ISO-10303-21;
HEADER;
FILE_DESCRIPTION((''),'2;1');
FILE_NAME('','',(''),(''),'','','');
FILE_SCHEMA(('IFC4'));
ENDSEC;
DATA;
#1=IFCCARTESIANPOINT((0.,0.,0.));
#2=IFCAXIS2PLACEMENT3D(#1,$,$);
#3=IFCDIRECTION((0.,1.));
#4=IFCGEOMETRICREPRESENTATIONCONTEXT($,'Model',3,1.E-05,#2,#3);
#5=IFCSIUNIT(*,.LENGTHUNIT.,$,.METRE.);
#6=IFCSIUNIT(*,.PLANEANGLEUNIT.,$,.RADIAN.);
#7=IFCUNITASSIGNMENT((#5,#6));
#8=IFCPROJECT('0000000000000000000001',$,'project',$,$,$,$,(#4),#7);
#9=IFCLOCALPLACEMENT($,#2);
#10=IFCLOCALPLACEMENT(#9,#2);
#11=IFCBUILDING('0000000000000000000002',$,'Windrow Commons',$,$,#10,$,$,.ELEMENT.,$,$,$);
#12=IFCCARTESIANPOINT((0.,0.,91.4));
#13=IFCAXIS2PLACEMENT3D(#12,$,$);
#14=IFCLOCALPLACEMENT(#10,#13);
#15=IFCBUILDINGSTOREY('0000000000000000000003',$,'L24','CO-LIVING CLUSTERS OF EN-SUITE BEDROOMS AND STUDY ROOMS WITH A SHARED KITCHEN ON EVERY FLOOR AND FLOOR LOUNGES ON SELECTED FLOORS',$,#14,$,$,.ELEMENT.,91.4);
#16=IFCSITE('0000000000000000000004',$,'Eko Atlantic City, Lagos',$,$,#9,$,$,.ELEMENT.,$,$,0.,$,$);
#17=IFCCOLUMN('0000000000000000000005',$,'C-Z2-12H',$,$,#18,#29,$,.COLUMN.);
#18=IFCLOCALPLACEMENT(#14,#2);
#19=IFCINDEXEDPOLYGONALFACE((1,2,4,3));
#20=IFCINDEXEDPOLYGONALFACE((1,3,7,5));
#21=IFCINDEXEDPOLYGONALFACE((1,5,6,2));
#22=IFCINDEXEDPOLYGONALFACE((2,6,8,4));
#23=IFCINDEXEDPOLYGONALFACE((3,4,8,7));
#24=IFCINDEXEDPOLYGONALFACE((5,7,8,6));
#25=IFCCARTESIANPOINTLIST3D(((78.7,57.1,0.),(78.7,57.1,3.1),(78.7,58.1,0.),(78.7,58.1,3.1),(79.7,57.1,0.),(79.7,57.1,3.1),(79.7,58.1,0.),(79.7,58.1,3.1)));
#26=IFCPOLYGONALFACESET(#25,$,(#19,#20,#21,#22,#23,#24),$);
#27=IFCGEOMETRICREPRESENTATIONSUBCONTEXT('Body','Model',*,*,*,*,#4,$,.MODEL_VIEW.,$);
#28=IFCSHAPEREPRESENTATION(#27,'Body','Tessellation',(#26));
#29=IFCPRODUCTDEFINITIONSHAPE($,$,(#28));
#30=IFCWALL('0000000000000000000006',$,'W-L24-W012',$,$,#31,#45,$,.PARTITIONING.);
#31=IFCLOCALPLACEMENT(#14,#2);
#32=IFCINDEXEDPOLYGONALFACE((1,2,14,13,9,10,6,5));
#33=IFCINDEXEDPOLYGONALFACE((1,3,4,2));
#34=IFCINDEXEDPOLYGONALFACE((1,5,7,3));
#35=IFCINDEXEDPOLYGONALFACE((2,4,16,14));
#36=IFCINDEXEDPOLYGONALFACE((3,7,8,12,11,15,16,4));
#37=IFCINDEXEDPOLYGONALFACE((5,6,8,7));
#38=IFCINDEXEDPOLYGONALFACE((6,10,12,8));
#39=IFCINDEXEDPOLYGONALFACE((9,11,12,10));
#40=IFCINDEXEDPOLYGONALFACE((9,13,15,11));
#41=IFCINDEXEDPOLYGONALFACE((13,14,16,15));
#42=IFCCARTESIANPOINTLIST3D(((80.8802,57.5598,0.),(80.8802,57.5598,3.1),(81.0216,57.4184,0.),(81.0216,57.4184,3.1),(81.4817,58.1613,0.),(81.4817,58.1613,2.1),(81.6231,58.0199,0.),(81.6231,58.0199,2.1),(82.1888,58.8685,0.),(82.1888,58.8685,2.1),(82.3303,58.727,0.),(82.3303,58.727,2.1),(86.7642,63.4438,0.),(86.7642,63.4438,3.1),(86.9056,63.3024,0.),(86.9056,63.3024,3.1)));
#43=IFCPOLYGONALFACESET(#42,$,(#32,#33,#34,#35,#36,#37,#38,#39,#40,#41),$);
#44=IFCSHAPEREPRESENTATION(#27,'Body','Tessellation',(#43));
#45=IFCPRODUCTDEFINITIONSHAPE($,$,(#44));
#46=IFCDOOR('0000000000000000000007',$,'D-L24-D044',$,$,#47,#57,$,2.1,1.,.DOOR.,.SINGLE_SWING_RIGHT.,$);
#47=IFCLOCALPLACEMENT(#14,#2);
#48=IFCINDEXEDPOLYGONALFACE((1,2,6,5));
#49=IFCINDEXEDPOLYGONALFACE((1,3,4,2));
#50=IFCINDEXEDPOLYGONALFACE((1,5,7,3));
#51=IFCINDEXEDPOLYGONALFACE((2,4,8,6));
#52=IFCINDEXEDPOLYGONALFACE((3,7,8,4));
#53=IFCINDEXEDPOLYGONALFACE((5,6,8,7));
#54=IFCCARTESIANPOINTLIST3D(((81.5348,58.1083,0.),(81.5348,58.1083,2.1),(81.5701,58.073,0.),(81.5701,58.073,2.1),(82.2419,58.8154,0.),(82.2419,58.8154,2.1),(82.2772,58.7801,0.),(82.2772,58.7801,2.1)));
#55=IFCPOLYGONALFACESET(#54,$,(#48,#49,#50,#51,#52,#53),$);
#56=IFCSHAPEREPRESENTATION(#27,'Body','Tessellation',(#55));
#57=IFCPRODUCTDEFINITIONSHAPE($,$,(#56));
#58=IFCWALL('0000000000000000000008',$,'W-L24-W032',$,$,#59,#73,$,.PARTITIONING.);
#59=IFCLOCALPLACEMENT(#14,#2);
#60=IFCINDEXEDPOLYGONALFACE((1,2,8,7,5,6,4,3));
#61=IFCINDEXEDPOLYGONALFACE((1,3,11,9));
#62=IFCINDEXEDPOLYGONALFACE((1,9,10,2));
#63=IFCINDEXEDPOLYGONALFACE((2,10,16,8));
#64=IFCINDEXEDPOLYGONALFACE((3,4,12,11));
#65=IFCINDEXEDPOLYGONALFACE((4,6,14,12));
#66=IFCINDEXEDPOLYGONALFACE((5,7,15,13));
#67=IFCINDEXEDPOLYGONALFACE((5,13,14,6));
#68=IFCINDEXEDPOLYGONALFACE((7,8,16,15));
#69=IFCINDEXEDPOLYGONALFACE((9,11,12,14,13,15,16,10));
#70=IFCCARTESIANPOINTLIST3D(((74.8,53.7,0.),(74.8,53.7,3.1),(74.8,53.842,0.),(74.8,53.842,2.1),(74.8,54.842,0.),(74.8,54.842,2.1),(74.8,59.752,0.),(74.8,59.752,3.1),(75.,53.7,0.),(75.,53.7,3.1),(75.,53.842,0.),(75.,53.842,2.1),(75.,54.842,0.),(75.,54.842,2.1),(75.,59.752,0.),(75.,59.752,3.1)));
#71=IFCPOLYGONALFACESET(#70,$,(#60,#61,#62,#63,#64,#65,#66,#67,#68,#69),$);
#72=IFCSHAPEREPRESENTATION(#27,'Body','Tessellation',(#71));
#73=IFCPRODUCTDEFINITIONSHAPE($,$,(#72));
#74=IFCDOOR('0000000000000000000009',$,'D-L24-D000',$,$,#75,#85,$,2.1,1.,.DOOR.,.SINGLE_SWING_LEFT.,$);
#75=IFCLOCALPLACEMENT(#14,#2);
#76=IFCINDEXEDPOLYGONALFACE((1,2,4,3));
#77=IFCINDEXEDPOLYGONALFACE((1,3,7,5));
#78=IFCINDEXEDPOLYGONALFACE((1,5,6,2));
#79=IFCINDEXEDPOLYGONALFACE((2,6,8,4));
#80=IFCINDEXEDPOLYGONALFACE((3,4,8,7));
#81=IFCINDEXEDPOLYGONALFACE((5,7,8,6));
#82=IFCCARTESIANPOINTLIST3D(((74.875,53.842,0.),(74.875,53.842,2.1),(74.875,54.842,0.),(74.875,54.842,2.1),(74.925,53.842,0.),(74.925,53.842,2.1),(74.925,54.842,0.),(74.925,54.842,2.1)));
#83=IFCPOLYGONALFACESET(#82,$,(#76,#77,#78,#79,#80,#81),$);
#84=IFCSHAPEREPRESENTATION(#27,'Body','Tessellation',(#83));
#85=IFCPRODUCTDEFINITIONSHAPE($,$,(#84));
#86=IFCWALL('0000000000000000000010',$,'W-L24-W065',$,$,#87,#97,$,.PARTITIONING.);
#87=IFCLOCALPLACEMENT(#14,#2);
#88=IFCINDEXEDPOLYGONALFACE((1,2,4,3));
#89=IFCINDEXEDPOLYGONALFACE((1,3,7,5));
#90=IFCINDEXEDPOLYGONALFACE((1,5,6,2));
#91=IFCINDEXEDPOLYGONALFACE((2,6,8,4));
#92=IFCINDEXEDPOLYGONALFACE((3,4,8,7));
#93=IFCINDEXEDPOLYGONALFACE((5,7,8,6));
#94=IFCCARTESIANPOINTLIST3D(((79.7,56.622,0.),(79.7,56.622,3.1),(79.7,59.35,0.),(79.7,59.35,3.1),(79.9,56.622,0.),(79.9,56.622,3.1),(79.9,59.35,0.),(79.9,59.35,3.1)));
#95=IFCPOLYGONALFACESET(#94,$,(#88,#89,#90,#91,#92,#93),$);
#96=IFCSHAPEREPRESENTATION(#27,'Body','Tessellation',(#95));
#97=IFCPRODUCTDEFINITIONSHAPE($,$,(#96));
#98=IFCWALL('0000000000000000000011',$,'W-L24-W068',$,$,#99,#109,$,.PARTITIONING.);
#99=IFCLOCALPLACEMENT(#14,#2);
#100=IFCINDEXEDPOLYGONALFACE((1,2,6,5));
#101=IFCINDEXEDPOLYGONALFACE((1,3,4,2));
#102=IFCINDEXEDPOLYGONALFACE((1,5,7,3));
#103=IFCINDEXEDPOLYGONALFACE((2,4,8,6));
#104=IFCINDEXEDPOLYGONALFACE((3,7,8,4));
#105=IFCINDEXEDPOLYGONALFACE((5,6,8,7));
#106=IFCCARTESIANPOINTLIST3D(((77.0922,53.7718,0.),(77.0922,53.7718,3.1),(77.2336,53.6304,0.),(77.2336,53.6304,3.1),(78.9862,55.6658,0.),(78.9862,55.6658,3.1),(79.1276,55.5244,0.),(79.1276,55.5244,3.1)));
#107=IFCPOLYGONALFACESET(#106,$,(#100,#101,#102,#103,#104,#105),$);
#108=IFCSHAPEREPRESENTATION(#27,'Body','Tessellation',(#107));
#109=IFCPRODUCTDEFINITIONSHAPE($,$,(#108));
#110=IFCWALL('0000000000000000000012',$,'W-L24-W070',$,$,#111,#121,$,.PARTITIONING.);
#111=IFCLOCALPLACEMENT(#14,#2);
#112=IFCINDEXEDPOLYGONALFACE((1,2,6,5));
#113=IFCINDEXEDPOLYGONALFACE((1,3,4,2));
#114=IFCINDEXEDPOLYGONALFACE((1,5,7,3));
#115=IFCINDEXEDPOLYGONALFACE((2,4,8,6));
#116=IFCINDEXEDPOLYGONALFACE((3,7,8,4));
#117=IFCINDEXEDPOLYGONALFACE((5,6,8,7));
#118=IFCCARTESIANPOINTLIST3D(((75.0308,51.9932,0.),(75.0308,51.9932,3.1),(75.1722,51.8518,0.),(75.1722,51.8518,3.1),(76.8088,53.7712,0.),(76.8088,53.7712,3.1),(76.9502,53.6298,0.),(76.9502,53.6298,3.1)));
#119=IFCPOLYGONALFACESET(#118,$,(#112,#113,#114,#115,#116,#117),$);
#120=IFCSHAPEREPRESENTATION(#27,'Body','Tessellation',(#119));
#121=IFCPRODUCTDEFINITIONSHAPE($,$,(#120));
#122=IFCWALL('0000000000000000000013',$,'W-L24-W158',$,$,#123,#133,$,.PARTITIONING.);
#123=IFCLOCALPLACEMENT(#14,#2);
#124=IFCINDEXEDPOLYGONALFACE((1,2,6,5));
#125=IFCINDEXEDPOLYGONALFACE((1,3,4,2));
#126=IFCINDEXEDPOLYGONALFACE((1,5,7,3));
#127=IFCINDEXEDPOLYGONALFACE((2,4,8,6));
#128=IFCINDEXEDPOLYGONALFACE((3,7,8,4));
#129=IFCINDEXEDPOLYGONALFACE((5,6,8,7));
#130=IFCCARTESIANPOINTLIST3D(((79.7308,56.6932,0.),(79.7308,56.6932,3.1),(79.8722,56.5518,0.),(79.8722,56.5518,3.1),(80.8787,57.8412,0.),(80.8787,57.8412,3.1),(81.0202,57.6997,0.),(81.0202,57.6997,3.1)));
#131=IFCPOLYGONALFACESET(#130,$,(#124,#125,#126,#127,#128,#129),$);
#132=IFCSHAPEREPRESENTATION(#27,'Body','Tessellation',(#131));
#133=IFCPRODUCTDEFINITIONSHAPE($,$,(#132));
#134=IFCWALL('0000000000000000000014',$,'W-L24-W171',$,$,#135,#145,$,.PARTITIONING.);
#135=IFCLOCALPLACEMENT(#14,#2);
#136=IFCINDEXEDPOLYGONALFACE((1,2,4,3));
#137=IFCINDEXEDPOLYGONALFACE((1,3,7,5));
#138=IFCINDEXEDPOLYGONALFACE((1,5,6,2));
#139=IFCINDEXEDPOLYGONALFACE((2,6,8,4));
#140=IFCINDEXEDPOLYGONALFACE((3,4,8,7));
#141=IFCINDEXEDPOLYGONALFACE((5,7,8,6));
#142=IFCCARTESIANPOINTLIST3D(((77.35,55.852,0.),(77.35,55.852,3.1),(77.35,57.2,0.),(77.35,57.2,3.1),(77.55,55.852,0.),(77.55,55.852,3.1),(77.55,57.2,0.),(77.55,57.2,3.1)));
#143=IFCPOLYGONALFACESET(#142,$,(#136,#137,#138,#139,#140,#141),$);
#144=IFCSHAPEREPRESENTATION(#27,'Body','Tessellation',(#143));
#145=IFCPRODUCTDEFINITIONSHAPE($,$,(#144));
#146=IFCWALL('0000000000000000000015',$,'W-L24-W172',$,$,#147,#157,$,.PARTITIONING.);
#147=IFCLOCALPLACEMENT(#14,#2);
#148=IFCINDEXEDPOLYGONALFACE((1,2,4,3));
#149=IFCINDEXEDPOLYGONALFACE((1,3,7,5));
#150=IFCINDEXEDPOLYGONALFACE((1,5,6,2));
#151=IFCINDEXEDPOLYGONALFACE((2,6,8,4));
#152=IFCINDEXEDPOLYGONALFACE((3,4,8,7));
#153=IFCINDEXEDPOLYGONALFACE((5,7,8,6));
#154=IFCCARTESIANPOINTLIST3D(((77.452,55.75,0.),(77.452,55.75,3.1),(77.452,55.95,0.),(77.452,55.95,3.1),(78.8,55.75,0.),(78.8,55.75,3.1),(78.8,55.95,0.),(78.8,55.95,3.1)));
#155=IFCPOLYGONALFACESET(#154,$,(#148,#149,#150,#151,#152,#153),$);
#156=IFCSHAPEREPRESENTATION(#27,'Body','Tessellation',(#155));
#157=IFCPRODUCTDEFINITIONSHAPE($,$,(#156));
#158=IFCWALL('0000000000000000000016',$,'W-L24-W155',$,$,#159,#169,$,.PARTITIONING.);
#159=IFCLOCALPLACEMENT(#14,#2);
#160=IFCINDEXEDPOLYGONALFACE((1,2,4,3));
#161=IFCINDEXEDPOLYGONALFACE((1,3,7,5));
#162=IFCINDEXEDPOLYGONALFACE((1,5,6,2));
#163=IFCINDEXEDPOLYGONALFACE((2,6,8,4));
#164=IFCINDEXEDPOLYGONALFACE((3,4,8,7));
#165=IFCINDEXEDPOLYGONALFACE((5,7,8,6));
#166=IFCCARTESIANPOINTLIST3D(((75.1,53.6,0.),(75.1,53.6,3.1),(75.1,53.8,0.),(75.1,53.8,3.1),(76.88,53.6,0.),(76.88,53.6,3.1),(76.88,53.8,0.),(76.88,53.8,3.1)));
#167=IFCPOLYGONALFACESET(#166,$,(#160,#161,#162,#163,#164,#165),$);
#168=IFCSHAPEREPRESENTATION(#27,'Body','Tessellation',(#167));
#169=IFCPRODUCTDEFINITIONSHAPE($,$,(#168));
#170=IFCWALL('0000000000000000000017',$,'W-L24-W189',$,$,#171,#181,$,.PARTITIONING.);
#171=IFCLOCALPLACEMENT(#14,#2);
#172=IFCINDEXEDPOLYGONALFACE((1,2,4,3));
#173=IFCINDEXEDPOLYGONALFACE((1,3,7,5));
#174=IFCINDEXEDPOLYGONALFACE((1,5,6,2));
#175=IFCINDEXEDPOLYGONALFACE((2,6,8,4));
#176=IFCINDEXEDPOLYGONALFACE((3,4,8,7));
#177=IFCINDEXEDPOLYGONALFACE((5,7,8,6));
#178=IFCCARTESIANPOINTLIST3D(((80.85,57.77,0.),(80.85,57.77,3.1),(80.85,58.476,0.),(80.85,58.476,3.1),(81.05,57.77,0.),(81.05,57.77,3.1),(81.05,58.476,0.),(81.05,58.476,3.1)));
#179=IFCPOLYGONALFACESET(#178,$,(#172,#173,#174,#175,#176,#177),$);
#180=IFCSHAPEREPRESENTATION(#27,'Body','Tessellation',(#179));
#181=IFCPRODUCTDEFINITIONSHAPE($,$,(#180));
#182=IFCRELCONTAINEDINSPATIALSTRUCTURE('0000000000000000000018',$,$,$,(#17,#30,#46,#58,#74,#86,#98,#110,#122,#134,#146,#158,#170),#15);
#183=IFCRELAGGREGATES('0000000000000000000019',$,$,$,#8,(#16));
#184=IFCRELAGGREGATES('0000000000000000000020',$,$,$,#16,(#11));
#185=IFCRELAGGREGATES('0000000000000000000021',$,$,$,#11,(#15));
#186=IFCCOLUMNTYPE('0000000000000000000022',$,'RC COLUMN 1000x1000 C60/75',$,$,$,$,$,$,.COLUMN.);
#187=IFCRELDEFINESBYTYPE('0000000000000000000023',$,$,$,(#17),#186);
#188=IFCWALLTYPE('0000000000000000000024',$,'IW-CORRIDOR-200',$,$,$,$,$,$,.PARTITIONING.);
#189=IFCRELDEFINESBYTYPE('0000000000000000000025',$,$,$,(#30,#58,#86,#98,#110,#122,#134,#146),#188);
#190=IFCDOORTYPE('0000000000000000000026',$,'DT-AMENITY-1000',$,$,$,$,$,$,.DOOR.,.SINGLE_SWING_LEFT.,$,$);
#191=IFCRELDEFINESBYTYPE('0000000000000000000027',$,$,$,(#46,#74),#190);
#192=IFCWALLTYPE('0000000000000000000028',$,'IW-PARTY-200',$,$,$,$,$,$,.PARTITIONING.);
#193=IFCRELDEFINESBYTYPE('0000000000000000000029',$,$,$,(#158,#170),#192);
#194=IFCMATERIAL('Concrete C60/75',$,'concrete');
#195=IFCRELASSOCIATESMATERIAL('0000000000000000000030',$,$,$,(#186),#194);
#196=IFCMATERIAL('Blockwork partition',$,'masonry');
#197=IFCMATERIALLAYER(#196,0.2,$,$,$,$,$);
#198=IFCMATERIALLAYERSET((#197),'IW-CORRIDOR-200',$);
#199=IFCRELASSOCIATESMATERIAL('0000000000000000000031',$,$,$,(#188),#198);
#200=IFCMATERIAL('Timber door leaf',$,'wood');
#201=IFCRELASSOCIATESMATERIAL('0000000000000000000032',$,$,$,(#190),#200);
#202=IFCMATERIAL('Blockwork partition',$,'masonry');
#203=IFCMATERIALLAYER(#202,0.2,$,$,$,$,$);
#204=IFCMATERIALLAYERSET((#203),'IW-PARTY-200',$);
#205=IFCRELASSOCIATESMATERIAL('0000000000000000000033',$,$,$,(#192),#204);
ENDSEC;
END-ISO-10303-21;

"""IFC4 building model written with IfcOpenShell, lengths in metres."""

from ifc_helpers import new_model, si_unit, direction, frame, frame_2d, origin, origin_2d, place, context, subcontext, project, spatial, rectangle, extrude, material, layer, layer_set, material_profile, profile_set, type_object, element, fill, save


model = new_model("IFC4")

# Units and contexts
model_context = context("Model", 3, precision=1e-05, world=origin(), true_north=direction((0.0, 1.0)))
body_context = subcontext(model_context, "Body", "Model", "MODEL_VIEW")
ifc_project = project(units=[si_unit("LENGTHUNIT", "METRE"), si_unit("PLANEANGLEUNIT", "RADIAN")], contexts=[model_context])

# Site, building, storey
site_placement = place(None, origin())
site = spatial("IfcSite", under=ifc_project, at=site_placement, Name="Eko Atlantic City, Lagos", CompositionType="ELEMENT", RefElevation=0.0)
building_placement = place(site_placement, origin())
building = spatial("IfcBuilding", under=site, at=building_placement, Name="Windrow Commons", CompositionType="ELEMENT")
storey_placement = place(building_placement, frame((0.0, 0.0, 91.4)))
storey = spatial("IfcBuildingStorey", under=building, at=storey_placement, Name="L24", Description="CO-LIVING CLUSTERS OF EN-SUITE BEDROOMS AND STUDY ROOMS WITH A SHARED KITCHEN ON EVERY FLOOR AND FLOOR LOUNGES ON SELECTED FLOORS", CompositionType="ELEMENT", Elevation=91.4)

# Column
ifc_material_1 = material(Name="Concrete C60/75", Category="concrete")
ifc_material_profile = material_profile(ifc_material_1, rectangle(XDim=1.0, YDim=1.0, at=origin_2d()))
ifc_profile_set = profile_set([ifc_material_profile], Name="Concrete C60/75")
column_type = type_object("IfcColumnType", Name="RC COLUMN 1000x1000 C60/75", PredefinedType="COLUMN", material=ifc_profile_set)
column_placement = place(storey_placement, frame((79.2, 57.6, 0.0), z_axis=(0.0, 0.0, 1.0), x_axis=(1.0, 0.0, 0.0)))
element("IfcColumn", 1, at=column_placement, inside=storey, type_object=column_type, Name="C-Z2-12H", PredefinedType="COLUMN", context=body_context, shape_type="SweptSolid", body=[
    extrude(rectangle(XDim=1.0, YDim=1.0, at=origin_2d()), origin(), (0.0, 0.0, 1.0), 3.1),
])

# Walls, openings, doors
ifc_material_2 = material(Name="Blockwork partition", Category="masonry")
ifc_layer_1 = layer(ifc_material_2, 0.2)
ifc_layer_set_1 = layer_set([ifc_layer_1], Name="IW-CORRIDOR-200")
wall_type_1 = type_object("IfcWallType", Name="IW-CORRIDOR-200", PredefinedType="PARTITIONING", material=ifc_layer_set_1)
wall_1_placement = place(storey_placement, frame((80.9509, 57.4891, 0.0), z_axis=(0.0, 0.0, 1.0), x_axis=(0.707107, 0.707107, 0.0)))
wall_1 = element("IfcWall", 2, at=wall_1_placement, inside=storey, type_object=wall_type_1, Name="W-L24-W012", PredefinedType="PARTITIONING", context=body_context, shape_type="SweptSolid", body=[
    extrude(rectangle(XDim=8.3212, YDim=0.2, at=frame_2d((4.1606, 0.0))), origin(), (0.0, 0.0, 1.0), 3.1),
])
opening_1_placement = place(wall_1_placement, frame((0.8507, 0.0, 0.0)))
opening_1 = element("IfcOpeningElement", 3, at=opening_1_placement, cuts=wall_1, PredefinedType="OPENING", context=body_context, shape_type="SweptSolid", body=[
    extrude(rectangle(XDim=1.0, YDim=2.1, at=frame_2d((0.5, 1.05))), frame((0.0, 0.11, 0.0), z_axis=(0.0, -1.0, 0.0), x_axis=(1.0, 0.0, 0.0)), (0.0, 0.0, 1.0), 0.22),
])
ifc_material_3 = material(Name="Timber door leaf", Category="wood")
door_type_1 = type_object("IfcDoorType", Name="DT-AMENITY-1000", OperationType="SINGLE_SWING_LEFT", PredefinedType="DOOR", material=ifc_material_3)
door_1_placement = place(opening_1_placement, origin())
door_1 = element("IfcDoor", 4, at=door_1_placement, inside=storey, type_object=door_type_1, Name="D-L24-D044", OperationType="SINGLE_SWING_RIGHT", OverallHeight=2.1, OverallWidth=1.0, PredefinedType="DOOR", context=body_context, shape_type="SweptSolid", body=[
    extrude(rectangle(XDim=1.0, YDim=2.1, at=frame_2d((0.5, 1.05))), frame((0.0, 0.025, 0.0), z_axis=(0.0, -1.0, 0.0), x_axis=(1.0, 0.0, 0.0)), (0.0, 0.0, 1.0), 0.05),
])
fill(opening_1, door_1)
wall_2_placement = place(storey_placement, frame((74.9, 53.7, 0.0), z_axis=(0.0, 0.0, 1.0), x_axis=(0.0, 1.0, 0.0)))
wall_2 = element("IfcWall", 5, at=wall_2_placement, inside=storey, type_object=wall_type_1, Name="W-L24-W032", PredefinedType="PARTITIONING", context=body_context, shape_type="SweptSolid", body=[
    extrude(rectangle(XDim=6.052, YDim=0.2, at=frame_2d((3.026, 0.0))), origin(), (0.0, 0.0, 1.0), 3.1),
])
opening_2_placement = place(wall_2_placement, frame((0.142, 0.0, 0.0)))
opening_2 = element("IfcOpeningElement", 6, at=opening_2_placement, cuts=wall_2, PredefinedType="OPENING", context=body_context, shape_type="SweptSolid", body=[
    extrude(rectangle(XDim=1.0, YDim=2.1, at=frame_2d((0.5, 1.05))), frame((0.0, 0.11, 0.0), z_axis=(0.0, -1.0, 0.0), x_axis=(1.0, 0.0, 0.0)), (0.0, 0.0, 1.0), 0.22),
])
door_2_placement = place(opening_2_placement, origin())
door_2 = element("IfcDoor", 7, at=door_2_placement, inside=storey, type_object=door_type_1, Name="D-L24-D000", OperationType="SINGLE_SWING_LEFT", OverallHeight=2.1, OverallWidth=1.0, PredefinedType="DOOR", context=body_context, shape_type="SweptSolid", body=[
    extrude(rectangle(XDim=1.0, YDim=2.1, at=frame_2d((0.5, 1.05))), frame((0.0, 0.025, 0.0), z_axis=(0.0, -1.0, 0.0), x_axis=(1.0, 0.0, 0.0)), (0.0, 0.0, 1.0), 0.05),
])
fill(opening_2, door_2)

# Walls
wall_3_placement = place(storey_placement, frame((79.8, 56.622, 0.0), z_axis=(0.0, 0.0, 1.0), x_axis=(0.0, 1.0, 0.0)))
element("IfcWall", 8, at=wall_3_placement, inside=storey, type_object=wall_type_1, Name="W-L24-W065", PredefinedType="PARTITIONING", context=body_context, shape_type="SweptSolid", body=[
    extrude(rectangle(XDim=2.728, YDim=0.2, at=frame_2d((1.364, 0.0))), origin(), (0.0, 0.0, 1.0), 3.1),
])
wall_4_placement = place(storey_placement, frame((77.1629, 53.7011, 0.0), z_axis=(0.0, 0.0, 1.0), x_axis=(0.707107, 0.707107, 0.0)))
element("IfcWall", 9, at=wall_4_placement, inside=storey, type_object=wall_type_1, Name="W-L24-W068", PredefinedType="PARTITIONING", context=body_context, shape_type="SweptSolid", body=[
    extrude(rectangle(XDim=2.6785, YDim=0.2, at=frame_2d((1.3393, 0.0))), origin(), (0.0, 0.0, 1.0), 3.1),
])
wall_5_placement = place(storey_placement, frame((75.1015, 51.9225, 0.0), z_axis=(0.0, 0.0, 1.0), x_axis=(0.707107, 0.707107, 0.0)))
element("IfcWall", 10, at=wall_5_placement, inside=storey, type_object=wall_type_1, Name="W-L24-W070", PredefinedType="PARTITIONING", context=body_context, shape_type="SweptSolid", body=[
    extrude(rectangle(XDim=2.5145, YDim=0.2, at=frame_2d((1.2572, 0.0))), origin(), (0.0, 0.0, 1.0), 3.1),
])
wall_6_placement = place(storey_placement, frame((79.8015, 56.6225, 0.0), z_axis=(0.0, 0.0, 1.0), x_axis=(0.707107, 0.707107, 0.0)))
element("IfcWall", 11, at=wall_6_placement, inside=storey, type_object=wall_type_1, Name="W-L24-W158", PredefinedType="PARTITIONING", context=body_context, shape_type="SweptSolid", body=[
    extrude(rectangle(XDim=1.6235, YDim=0.2, at=frame_2d((0.8117, 0.0))), origin(), (0.0, 0.0, 1.0), 3.1),
])
for number, where, z_axis, x_axis, name in (
    (12, (77.45, 55.852, 0.0), (0.0, 0.0, 1.0), (0.0, 1.0, 0.0), "W-L24-W171"),
    (13, (77.452, 55.85, 0.0), (0.0, 0.0, 1.0), (1.0, 0.0, 0.0), "W-L24-W172"),
):
    element("IfcWall", number, at=place(storey_placement, frame(where, z_axis=z_axis, x_axis=x_axis)), inside=storey, type_object=wall_type_1, Name=name, PredefinedType="PARTITIONING", context=body_context, shape_type="SweptSolid", body=[
        extrude(rectangle(XDim=1.348, YDim=0.2, at=frame_2d((0.674, 0.0))), origin(), (0.0, 0.0, 1.0), 3.1),
    ])
ifc_material_4 = material(Name="Blockwork partition", Category="masonry")
ifc_layer_2 = layer(ifc_material_4, 0.2)
ifc_layer_set_2 = layer_set([ifc_layer_2], Name="IW-PARTY-200")
wall_type_2 = type_object("IfcWallType", Name="IW-PARTY-200", PredefinedType="PARTITIONING", material=ifc_layer_set_2)
wall_7_placement = place(storey_placement, frame((75.1, 53.7, 0.0), z_axis=(0.0, 0.0, 1.0), x_axis=(1.0, 0.0, 0.0)))
element("IfcWall", 14, at=wall_7_placement, inside=storey, type_object=wall_type_2, Name="W-L24-W155", PredefinedType="PARTITIONING", context=body_context, shape_type="SweptSolid", body=[
    extrude(rectangle(XDim=1.78, YDim=0.2, at=frame_2d((0.89, 0.0))), origin(), (0.0, 0.0, 1.0), 3.1),
])
wall_8_placement = place(storey_placement, frame((80.95, 57.77, 0.0), z_axis=(0.0, 0.0, 1.0), x_axis=(0.0, 1.0, 0.0)))
element("IfcWall", 15, at=wall_8_placement, inside=storey, type_object=wall_type_2, Name="W-L24-W189", PredefinedType="PARTITIONING", context=body_context, shape_type="SweptSolid", body=[
    extrude(rectangle(XDim=0.706, YDim=0.2, at=frame_2d((0.353, 0.0))), origin(), (0.0, 0.0, 1.0), 3.1),
])

save(model, "model.ifc")
